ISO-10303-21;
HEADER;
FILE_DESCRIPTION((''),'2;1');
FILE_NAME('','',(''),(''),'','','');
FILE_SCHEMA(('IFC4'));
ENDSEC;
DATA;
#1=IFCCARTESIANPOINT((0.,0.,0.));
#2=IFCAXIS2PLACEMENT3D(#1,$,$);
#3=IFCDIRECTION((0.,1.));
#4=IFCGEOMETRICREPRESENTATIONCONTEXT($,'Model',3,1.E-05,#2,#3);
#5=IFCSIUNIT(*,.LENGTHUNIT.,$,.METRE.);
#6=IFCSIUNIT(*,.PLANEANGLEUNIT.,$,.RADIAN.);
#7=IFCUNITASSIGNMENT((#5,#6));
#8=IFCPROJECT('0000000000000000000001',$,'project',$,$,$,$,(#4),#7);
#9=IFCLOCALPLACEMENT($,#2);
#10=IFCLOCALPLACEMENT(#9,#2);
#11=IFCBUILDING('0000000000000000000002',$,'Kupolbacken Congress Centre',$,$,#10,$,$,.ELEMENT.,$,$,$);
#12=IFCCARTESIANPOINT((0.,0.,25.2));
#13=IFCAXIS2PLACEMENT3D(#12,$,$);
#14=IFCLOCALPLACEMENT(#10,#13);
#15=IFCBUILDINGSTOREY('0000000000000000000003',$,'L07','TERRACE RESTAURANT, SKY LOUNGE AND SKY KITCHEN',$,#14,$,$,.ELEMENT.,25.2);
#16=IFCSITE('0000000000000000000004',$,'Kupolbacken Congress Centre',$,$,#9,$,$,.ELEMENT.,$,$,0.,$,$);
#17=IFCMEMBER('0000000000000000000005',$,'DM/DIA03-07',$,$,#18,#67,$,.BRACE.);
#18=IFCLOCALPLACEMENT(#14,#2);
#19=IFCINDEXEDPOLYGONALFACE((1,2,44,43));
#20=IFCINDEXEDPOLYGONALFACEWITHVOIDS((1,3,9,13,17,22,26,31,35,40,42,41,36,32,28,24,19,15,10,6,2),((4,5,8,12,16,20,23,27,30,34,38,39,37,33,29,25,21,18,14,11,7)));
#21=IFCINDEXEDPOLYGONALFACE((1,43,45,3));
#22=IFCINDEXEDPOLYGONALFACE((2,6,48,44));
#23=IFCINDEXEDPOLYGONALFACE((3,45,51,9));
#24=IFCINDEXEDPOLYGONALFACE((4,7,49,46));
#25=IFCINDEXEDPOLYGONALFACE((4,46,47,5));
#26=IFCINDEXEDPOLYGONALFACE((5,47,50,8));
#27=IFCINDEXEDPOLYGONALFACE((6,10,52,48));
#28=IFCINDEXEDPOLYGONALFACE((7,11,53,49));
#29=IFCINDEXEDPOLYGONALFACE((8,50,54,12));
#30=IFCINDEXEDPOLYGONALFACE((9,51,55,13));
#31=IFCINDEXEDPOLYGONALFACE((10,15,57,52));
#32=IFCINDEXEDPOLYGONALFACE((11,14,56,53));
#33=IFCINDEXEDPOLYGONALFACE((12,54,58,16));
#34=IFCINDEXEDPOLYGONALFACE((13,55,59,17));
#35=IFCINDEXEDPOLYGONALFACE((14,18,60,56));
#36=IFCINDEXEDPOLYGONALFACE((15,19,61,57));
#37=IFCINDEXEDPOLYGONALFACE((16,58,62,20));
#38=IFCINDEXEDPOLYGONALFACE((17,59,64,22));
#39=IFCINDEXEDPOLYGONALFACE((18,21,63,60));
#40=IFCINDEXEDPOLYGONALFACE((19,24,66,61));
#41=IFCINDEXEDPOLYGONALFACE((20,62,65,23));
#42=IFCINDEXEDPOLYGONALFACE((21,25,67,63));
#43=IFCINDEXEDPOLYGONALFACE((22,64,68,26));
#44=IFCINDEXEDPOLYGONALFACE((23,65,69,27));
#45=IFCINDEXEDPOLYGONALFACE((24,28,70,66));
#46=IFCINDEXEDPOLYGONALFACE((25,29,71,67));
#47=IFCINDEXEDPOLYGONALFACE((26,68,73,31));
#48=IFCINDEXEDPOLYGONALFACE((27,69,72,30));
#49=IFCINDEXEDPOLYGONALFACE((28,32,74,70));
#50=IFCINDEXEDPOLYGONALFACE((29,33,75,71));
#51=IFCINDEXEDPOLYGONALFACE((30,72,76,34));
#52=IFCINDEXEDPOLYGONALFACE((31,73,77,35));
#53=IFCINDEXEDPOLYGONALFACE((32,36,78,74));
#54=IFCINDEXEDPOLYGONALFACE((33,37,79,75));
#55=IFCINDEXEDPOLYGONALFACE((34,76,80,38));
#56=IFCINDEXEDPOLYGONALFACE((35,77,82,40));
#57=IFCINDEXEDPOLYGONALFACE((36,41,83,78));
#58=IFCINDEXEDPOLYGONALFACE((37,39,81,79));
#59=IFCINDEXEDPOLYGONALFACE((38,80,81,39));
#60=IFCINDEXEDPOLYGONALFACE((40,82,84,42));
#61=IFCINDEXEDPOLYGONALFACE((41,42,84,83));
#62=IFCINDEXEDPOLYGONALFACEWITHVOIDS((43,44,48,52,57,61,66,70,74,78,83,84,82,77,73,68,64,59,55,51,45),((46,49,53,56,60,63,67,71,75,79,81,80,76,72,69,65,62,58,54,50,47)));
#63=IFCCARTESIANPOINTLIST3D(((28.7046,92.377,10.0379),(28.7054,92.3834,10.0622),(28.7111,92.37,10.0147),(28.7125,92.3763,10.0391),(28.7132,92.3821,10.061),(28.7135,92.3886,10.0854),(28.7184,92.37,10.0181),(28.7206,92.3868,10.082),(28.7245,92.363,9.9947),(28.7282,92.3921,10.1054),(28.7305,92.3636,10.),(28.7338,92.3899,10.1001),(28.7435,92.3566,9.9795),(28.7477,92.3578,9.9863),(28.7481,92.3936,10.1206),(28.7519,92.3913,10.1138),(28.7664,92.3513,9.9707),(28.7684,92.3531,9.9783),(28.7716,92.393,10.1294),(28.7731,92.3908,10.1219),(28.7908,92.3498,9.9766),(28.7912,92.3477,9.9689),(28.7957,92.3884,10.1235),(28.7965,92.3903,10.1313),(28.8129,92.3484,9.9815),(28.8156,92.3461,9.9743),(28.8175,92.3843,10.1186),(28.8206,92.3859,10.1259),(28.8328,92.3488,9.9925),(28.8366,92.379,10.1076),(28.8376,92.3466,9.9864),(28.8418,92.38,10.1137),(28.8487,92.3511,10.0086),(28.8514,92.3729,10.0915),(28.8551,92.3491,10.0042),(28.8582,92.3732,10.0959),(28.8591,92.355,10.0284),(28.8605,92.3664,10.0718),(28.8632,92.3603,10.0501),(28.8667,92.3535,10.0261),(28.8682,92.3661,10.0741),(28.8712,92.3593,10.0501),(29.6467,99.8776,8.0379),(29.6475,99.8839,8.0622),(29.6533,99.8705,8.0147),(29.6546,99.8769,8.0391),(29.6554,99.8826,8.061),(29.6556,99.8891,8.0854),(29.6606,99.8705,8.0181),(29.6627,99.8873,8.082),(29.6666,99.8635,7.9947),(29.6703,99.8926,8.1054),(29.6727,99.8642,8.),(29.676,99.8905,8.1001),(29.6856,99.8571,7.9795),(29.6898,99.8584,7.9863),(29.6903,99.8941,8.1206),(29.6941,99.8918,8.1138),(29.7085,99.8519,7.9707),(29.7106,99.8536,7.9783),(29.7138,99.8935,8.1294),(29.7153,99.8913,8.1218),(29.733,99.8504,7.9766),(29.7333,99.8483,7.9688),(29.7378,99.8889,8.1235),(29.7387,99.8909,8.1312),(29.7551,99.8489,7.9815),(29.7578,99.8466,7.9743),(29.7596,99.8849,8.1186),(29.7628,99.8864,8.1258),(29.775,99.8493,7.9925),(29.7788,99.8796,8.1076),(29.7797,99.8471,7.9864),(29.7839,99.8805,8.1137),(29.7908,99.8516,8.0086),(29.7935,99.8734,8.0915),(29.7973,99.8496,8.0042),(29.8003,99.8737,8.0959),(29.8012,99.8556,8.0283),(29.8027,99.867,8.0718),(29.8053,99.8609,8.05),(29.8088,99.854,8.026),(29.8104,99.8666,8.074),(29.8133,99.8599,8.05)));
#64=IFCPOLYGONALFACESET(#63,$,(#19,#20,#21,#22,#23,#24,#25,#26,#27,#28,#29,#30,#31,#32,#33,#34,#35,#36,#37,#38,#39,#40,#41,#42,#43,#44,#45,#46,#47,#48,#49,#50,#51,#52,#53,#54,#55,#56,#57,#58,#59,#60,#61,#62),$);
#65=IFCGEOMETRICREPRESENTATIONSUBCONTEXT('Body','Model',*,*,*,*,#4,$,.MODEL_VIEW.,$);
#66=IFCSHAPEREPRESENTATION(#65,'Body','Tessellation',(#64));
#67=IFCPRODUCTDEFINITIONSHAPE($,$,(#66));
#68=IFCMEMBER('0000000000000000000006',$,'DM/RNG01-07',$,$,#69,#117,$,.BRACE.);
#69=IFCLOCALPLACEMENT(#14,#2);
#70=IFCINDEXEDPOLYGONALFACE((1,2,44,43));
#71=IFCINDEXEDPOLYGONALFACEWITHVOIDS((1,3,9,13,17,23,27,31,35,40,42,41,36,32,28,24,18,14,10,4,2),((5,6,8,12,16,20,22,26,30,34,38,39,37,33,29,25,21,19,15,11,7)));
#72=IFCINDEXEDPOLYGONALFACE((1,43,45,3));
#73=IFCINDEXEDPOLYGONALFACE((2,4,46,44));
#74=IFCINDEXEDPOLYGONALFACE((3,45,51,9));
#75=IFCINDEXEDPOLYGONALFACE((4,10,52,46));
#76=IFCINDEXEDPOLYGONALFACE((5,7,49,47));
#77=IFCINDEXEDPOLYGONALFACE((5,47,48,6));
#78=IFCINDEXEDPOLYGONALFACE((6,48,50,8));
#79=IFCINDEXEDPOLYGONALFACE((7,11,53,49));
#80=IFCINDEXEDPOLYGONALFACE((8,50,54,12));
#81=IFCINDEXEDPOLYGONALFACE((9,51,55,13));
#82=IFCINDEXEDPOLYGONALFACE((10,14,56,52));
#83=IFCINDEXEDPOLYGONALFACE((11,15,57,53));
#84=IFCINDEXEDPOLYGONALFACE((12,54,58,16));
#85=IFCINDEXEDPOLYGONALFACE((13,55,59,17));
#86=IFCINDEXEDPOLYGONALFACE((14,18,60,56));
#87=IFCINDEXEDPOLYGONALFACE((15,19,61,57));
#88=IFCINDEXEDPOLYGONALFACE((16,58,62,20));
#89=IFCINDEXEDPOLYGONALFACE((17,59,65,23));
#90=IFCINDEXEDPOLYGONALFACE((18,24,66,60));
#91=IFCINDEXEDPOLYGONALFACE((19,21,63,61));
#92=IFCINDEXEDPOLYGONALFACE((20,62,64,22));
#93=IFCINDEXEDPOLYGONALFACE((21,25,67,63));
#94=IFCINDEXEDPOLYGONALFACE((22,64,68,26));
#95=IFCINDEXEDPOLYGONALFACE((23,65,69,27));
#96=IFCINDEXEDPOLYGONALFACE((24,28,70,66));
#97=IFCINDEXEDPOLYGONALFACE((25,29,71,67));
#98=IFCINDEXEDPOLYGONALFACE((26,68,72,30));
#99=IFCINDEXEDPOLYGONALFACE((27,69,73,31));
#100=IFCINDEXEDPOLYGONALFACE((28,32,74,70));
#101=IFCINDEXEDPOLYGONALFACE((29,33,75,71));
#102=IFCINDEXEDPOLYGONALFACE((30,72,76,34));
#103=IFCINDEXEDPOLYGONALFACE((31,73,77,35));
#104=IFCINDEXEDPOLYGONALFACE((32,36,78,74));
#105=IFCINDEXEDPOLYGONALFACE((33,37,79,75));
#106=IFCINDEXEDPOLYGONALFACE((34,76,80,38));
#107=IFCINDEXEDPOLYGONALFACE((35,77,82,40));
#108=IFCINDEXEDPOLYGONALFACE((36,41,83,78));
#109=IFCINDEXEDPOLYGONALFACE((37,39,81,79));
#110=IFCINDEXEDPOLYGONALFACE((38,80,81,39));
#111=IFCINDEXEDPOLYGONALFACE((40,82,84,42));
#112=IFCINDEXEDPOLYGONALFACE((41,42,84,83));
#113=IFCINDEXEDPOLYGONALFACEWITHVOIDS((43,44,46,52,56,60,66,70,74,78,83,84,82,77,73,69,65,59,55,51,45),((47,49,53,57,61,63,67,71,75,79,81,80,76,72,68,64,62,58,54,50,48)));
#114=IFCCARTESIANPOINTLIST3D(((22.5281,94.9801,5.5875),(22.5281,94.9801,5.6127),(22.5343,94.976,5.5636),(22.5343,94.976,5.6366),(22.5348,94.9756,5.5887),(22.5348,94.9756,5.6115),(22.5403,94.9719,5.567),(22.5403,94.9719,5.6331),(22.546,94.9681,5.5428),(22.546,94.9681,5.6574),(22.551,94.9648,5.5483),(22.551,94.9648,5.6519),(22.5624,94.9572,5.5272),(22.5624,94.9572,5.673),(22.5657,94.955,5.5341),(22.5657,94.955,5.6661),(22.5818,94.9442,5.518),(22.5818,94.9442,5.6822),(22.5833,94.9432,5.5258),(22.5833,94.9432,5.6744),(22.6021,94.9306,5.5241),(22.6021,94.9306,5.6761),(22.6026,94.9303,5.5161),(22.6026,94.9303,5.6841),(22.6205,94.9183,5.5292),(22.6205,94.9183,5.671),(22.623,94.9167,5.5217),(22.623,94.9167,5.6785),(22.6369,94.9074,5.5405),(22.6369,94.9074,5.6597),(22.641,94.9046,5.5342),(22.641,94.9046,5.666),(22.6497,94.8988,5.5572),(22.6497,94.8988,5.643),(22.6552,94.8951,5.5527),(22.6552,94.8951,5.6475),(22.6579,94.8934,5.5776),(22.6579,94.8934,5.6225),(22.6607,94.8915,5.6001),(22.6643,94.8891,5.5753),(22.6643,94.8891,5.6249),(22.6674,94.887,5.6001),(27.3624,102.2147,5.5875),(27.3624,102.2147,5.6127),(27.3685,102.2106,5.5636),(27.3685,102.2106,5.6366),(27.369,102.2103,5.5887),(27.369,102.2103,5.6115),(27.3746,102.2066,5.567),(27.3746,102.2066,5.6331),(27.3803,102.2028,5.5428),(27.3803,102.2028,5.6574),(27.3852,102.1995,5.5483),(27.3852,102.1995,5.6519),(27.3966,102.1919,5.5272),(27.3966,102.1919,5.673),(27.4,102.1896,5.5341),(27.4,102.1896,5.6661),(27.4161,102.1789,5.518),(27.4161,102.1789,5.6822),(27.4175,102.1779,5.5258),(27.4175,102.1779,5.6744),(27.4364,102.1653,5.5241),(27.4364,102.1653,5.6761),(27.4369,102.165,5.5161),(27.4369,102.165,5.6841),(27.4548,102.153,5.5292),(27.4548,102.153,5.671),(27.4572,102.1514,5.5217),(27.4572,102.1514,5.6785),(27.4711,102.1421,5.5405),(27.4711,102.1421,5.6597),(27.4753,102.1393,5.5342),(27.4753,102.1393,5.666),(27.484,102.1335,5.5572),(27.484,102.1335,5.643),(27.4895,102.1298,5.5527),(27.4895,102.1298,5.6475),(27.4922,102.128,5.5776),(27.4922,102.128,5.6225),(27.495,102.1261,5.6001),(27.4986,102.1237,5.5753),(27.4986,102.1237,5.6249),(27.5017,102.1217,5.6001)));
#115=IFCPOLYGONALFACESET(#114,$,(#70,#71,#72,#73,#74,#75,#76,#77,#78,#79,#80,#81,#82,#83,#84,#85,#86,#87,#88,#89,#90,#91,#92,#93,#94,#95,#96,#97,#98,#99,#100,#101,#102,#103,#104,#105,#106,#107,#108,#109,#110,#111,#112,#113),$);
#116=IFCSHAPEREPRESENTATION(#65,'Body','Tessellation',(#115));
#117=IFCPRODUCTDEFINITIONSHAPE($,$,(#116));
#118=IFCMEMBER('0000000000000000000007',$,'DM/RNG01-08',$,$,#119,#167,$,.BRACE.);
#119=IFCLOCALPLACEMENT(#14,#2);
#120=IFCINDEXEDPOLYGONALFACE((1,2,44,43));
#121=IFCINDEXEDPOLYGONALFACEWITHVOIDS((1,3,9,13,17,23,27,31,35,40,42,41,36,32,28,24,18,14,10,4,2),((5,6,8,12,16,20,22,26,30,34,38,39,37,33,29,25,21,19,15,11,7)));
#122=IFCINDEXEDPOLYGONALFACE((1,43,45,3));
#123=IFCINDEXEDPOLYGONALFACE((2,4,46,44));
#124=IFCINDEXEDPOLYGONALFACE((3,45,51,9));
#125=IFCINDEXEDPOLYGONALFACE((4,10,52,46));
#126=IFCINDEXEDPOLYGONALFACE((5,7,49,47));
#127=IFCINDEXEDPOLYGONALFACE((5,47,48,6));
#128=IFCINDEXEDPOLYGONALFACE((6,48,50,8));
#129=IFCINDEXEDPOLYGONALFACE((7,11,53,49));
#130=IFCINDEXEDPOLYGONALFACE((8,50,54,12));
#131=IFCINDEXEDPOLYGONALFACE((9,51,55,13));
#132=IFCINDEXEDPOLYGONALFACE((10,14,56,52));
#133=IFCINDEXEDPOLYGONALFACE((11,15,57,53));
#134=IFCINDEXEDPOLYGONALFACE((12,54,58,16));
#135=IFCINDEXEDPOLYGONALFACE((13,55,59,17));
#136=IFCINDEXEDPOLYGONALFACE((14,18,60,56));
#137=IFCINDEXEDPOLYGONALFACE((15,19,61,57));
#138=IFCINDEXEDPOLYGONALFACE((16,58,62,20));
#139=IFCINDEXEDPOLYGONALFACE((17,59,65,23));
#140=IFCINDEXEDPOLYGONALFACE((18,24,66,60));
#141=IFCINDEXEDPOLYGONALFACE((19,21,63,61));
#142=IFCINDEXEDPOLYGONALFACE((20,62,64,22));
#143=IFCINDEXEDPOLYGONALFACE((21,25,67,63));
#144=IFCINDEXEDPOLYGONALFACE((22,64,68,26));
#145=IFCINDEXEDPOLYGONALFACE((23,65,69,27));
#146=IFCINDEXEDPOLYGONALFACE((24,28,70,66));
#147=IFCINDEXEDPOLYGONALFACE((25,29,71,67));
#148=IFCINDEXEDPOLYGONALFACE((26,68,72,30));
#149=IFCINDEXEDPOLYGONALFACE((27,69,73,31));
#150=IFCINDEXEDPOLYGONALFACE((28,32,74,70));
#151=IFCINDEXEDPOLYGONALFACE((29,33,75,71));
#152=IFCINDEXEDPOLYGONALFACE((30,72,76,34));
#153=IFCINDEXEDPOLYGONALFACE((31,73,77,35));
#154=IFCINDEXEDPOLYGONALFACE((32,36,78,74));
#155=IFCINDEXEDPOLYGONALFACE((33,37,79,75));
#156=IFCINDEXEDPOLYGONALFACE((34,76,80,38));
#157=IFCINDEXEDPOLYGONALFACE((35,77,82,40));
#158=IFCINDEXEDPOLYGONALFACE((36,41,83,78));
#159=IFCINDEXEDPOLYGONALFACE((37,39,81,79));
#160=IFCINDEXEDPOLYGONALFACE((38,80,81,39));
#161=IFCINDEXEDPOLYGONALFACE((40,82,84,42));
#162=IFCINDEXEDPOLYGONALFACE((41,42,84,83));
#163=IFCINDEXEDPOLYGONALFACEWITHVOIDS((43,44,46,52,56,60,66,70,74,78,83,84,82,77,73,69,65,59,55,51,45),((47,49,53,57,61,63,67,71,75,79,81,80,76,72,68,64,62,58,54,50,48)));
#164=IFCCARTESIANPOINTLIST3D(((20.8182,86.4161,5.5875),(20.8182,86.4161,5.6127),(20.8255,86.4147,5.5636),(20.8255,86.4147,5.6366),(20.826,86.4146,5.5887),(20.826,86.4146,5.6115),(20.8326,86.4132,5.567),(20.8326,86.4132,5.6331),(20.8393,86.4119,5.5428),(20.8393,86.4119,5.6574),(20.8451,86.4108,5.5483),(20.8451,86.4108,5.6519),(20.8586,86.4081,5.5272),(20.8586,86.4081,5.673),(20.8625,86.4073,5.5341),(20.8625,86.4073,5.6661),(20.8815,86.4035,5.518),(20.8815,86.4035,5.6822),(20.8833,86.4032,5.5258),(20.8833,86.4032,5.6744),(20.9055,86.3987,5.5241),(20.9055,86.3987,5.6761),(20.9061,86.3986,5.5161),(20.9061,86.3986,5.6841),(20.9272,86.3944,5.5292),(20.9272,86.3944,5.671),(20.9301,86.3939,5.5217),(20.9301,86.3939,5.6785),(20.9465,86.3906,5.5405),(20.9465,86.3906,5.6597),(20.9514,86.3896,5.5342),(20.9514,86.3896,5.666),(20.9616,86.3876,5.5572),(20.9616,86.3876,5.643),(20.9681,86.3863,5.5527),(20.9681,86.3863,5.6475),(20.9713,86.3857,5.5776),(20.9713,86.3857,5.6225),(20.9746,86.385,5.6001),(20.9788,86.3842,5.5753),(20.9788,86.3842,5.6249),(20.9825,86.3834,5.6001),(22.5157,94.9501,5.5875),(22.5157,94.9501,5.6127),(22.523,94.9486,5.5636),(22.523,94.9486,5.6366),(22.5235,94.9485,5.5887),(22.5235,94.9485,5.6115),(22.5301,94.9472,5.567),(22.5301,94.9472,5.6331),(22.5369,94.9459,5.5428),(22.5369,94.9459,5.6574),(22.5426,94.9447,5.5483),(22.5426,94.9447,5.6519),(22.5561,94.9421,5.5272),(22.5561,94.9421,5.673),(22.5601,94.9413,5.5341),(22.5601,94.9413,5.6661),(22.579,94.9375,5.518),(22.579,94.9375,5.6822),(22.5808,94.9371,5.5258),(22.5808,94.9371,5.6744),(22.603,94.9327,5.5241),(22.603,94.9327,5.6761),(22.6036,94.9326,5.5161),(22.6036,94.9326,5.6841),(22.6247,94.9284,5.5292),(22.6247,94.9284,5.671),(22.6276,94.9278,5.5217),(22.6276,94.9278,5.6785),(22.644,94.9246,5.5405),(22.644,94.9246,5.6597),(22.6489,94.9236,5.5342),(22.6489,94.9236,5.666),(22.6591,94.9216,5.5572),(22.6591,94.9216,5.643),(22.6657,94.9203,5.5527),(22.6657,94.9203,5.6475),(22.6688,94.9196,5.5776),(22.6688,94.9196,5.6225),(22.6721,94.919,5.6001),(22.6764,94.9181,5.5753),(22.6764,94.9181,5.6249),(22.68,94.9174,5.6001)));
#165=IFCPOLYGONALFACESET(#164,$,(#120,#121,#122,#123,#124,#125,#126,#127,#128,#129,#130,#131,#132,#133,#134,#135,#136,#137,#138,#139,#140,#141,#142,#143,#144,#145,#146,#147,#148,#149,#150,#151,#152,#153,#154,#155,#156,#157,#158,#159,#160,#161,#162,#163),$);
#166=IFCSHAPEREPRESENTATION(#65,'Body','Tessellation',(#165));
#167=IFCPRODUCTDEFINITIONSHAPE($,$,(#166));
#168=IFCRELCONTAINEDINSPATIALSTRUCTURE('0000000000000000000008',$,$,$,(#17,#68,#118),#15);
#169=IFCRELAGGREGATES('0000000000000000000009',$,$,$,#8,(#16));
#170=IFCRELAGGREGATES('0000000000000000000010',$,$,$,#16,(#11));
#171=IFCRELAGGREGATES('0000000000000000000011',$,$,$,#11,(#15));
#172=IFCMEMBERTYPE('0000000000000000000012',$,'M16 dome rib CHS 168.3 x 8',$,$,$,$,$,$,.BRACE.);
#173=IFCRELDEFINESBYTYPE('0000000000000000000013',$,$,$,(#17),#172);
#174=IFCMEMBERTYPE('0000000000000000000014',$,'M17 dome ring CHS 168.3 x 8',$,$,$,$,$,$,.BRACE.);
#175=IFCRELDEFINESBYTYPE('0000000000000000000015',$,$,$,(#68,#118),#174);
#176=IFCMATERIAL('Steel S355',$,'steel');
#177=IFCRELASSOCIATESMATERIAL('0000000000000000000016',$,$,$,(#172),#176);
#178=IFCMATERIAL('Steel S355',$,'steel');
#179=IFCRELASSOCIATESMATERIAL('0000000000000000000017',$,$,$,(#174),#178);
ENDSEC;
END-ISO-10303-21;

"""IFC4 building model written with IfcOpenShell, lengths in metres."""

from ifc_helpers import new_model, si_unit, direction, frame, origin, origin_2d, place, context, subcontext, project, spatial, hollow_circle, extrude, material, material_profile, profile_set, type_object, element, save


model = new_model("IFC4")

# Units and contexts
model_context = context("Model", 3, precision=1e-05, world=origin(), true_north=direction((0.0, 1.0)))
body_context = subcontext(model_context, "Body", "Model", "MODEL_VIEW")
ifc_project = project(units=[si_unit("LENGTHUNIT", "METRE"), si_unit("PLANEANGLEUNIT", "RADIAN")], contexts=[model_context])

# Site, building, storey
site_placement = place(None, origin())
site = spatial("IfcSite", under=ifc_project, at=site_placement, Name="Kupolbacken Congress Centre", CompositionType="ELEMENT", RefElevation=0.0)
building_placement = place(site_placement, origin())
building = spatial("IfcBuilding", under=site, at=building_placement, Name="Kupolbacken Congress Centre", CompositionType="ELEMENT")
storey_placement = place(building_placement, frame((0.0, 0.0, 25.2)))
storey = spatial("IfcBuildingStorey", under=building, at=storey_placement, Name="L07", Description="TERRACE RESTAURANT, SKY LOUNGE AND SKY KITCHEN", CompositionType="ELEMENT", Elevation=25.2)

# Members
ifc_material_1 = material(Name="Steel S355", Category="steel")
ifc_material_profile_1 = material_profile(ifc_material_1, hollow_circle(Radius=0.0842, WallThickness=0.0081, at=origin_2d()), Name="CHS 168.3 x 8")
ifc_profile_set_1 = profile_set([ifc_material_profile_1], Name="Steel S355")
member_type_1 = type_object("IfcMemberType", Name="M16 dome rib CHS 168.3 x 8", PredefinedType="BRACE", material=ifc_profile_set_1)
member_1_placement = place(storey_placement, frame((29.7297, 99.8704, 8.05), z_axis=(-0.120485, -0.9592, 0.25577), x_axis=(0.992203, -0.124631, 0.0)))
element("IfcMember", 1, at=member_1_placement, inside=storey, type_object=member_type_1, Name="DM/DIA03-07", PredefinedType="BRACE", context=body_context, shape_type="SweptSolid", body=[
    extrude(hollow_circle(Radius=0.0842, WallThickness=0.0081, at=origin_2d()), origin(), (0.0, 0.0, 1.0), 7.8196),
])
ifc_material_2 = material(Name="Steel S355", Category="steel")
ifc_material_profile_2 = material_profile(ifc_material_2, hollow_circle(Radius=0.0842, WallThickness=0.0081, at=origin_2d()), Name="CHS 168.3 x 8")
ifc_profile_set_2 = profile_set([ifc_material_profile_2], Name="Steel S355")
member_type_2 = type_object("IfcMemberType", Name="M17 dome ring CHS 168.3 x 8", PredefinedType="BRACE", material=ifc_profile_set_2)
for number, where, z_axis, x_axis, name in (
    (2, (27.4316, 102.1685, 5.6001), (-0.555587, -0.831458, 0.0), (0.831458, -0.555587, 0.0), "DM/RNG01-07"),
    (3, (22.5974, 94.9338, 5.6001), (-0.195091, -0.980785, 0.0), (0.980785, -0.195091, 0.0), "DM/RNG01-08"),
):
    element("IfcMember", number, at=place(storey_placement, frame(where, z_axis=z_axis, x_axis=x_axis)), inside=storey, type_object=member_type_2, Name=name, PredefinedType="BRACE", context=body_context, shape_type="SweptSolid", body=[
        extrude(hollow_circle(Radius=0.0842, WallThickness=0.0081, at=origin_2d()), origin(), (0.0, 0.0, 1.0), 8.7012),
    ])

save(model, "model.ifc")
